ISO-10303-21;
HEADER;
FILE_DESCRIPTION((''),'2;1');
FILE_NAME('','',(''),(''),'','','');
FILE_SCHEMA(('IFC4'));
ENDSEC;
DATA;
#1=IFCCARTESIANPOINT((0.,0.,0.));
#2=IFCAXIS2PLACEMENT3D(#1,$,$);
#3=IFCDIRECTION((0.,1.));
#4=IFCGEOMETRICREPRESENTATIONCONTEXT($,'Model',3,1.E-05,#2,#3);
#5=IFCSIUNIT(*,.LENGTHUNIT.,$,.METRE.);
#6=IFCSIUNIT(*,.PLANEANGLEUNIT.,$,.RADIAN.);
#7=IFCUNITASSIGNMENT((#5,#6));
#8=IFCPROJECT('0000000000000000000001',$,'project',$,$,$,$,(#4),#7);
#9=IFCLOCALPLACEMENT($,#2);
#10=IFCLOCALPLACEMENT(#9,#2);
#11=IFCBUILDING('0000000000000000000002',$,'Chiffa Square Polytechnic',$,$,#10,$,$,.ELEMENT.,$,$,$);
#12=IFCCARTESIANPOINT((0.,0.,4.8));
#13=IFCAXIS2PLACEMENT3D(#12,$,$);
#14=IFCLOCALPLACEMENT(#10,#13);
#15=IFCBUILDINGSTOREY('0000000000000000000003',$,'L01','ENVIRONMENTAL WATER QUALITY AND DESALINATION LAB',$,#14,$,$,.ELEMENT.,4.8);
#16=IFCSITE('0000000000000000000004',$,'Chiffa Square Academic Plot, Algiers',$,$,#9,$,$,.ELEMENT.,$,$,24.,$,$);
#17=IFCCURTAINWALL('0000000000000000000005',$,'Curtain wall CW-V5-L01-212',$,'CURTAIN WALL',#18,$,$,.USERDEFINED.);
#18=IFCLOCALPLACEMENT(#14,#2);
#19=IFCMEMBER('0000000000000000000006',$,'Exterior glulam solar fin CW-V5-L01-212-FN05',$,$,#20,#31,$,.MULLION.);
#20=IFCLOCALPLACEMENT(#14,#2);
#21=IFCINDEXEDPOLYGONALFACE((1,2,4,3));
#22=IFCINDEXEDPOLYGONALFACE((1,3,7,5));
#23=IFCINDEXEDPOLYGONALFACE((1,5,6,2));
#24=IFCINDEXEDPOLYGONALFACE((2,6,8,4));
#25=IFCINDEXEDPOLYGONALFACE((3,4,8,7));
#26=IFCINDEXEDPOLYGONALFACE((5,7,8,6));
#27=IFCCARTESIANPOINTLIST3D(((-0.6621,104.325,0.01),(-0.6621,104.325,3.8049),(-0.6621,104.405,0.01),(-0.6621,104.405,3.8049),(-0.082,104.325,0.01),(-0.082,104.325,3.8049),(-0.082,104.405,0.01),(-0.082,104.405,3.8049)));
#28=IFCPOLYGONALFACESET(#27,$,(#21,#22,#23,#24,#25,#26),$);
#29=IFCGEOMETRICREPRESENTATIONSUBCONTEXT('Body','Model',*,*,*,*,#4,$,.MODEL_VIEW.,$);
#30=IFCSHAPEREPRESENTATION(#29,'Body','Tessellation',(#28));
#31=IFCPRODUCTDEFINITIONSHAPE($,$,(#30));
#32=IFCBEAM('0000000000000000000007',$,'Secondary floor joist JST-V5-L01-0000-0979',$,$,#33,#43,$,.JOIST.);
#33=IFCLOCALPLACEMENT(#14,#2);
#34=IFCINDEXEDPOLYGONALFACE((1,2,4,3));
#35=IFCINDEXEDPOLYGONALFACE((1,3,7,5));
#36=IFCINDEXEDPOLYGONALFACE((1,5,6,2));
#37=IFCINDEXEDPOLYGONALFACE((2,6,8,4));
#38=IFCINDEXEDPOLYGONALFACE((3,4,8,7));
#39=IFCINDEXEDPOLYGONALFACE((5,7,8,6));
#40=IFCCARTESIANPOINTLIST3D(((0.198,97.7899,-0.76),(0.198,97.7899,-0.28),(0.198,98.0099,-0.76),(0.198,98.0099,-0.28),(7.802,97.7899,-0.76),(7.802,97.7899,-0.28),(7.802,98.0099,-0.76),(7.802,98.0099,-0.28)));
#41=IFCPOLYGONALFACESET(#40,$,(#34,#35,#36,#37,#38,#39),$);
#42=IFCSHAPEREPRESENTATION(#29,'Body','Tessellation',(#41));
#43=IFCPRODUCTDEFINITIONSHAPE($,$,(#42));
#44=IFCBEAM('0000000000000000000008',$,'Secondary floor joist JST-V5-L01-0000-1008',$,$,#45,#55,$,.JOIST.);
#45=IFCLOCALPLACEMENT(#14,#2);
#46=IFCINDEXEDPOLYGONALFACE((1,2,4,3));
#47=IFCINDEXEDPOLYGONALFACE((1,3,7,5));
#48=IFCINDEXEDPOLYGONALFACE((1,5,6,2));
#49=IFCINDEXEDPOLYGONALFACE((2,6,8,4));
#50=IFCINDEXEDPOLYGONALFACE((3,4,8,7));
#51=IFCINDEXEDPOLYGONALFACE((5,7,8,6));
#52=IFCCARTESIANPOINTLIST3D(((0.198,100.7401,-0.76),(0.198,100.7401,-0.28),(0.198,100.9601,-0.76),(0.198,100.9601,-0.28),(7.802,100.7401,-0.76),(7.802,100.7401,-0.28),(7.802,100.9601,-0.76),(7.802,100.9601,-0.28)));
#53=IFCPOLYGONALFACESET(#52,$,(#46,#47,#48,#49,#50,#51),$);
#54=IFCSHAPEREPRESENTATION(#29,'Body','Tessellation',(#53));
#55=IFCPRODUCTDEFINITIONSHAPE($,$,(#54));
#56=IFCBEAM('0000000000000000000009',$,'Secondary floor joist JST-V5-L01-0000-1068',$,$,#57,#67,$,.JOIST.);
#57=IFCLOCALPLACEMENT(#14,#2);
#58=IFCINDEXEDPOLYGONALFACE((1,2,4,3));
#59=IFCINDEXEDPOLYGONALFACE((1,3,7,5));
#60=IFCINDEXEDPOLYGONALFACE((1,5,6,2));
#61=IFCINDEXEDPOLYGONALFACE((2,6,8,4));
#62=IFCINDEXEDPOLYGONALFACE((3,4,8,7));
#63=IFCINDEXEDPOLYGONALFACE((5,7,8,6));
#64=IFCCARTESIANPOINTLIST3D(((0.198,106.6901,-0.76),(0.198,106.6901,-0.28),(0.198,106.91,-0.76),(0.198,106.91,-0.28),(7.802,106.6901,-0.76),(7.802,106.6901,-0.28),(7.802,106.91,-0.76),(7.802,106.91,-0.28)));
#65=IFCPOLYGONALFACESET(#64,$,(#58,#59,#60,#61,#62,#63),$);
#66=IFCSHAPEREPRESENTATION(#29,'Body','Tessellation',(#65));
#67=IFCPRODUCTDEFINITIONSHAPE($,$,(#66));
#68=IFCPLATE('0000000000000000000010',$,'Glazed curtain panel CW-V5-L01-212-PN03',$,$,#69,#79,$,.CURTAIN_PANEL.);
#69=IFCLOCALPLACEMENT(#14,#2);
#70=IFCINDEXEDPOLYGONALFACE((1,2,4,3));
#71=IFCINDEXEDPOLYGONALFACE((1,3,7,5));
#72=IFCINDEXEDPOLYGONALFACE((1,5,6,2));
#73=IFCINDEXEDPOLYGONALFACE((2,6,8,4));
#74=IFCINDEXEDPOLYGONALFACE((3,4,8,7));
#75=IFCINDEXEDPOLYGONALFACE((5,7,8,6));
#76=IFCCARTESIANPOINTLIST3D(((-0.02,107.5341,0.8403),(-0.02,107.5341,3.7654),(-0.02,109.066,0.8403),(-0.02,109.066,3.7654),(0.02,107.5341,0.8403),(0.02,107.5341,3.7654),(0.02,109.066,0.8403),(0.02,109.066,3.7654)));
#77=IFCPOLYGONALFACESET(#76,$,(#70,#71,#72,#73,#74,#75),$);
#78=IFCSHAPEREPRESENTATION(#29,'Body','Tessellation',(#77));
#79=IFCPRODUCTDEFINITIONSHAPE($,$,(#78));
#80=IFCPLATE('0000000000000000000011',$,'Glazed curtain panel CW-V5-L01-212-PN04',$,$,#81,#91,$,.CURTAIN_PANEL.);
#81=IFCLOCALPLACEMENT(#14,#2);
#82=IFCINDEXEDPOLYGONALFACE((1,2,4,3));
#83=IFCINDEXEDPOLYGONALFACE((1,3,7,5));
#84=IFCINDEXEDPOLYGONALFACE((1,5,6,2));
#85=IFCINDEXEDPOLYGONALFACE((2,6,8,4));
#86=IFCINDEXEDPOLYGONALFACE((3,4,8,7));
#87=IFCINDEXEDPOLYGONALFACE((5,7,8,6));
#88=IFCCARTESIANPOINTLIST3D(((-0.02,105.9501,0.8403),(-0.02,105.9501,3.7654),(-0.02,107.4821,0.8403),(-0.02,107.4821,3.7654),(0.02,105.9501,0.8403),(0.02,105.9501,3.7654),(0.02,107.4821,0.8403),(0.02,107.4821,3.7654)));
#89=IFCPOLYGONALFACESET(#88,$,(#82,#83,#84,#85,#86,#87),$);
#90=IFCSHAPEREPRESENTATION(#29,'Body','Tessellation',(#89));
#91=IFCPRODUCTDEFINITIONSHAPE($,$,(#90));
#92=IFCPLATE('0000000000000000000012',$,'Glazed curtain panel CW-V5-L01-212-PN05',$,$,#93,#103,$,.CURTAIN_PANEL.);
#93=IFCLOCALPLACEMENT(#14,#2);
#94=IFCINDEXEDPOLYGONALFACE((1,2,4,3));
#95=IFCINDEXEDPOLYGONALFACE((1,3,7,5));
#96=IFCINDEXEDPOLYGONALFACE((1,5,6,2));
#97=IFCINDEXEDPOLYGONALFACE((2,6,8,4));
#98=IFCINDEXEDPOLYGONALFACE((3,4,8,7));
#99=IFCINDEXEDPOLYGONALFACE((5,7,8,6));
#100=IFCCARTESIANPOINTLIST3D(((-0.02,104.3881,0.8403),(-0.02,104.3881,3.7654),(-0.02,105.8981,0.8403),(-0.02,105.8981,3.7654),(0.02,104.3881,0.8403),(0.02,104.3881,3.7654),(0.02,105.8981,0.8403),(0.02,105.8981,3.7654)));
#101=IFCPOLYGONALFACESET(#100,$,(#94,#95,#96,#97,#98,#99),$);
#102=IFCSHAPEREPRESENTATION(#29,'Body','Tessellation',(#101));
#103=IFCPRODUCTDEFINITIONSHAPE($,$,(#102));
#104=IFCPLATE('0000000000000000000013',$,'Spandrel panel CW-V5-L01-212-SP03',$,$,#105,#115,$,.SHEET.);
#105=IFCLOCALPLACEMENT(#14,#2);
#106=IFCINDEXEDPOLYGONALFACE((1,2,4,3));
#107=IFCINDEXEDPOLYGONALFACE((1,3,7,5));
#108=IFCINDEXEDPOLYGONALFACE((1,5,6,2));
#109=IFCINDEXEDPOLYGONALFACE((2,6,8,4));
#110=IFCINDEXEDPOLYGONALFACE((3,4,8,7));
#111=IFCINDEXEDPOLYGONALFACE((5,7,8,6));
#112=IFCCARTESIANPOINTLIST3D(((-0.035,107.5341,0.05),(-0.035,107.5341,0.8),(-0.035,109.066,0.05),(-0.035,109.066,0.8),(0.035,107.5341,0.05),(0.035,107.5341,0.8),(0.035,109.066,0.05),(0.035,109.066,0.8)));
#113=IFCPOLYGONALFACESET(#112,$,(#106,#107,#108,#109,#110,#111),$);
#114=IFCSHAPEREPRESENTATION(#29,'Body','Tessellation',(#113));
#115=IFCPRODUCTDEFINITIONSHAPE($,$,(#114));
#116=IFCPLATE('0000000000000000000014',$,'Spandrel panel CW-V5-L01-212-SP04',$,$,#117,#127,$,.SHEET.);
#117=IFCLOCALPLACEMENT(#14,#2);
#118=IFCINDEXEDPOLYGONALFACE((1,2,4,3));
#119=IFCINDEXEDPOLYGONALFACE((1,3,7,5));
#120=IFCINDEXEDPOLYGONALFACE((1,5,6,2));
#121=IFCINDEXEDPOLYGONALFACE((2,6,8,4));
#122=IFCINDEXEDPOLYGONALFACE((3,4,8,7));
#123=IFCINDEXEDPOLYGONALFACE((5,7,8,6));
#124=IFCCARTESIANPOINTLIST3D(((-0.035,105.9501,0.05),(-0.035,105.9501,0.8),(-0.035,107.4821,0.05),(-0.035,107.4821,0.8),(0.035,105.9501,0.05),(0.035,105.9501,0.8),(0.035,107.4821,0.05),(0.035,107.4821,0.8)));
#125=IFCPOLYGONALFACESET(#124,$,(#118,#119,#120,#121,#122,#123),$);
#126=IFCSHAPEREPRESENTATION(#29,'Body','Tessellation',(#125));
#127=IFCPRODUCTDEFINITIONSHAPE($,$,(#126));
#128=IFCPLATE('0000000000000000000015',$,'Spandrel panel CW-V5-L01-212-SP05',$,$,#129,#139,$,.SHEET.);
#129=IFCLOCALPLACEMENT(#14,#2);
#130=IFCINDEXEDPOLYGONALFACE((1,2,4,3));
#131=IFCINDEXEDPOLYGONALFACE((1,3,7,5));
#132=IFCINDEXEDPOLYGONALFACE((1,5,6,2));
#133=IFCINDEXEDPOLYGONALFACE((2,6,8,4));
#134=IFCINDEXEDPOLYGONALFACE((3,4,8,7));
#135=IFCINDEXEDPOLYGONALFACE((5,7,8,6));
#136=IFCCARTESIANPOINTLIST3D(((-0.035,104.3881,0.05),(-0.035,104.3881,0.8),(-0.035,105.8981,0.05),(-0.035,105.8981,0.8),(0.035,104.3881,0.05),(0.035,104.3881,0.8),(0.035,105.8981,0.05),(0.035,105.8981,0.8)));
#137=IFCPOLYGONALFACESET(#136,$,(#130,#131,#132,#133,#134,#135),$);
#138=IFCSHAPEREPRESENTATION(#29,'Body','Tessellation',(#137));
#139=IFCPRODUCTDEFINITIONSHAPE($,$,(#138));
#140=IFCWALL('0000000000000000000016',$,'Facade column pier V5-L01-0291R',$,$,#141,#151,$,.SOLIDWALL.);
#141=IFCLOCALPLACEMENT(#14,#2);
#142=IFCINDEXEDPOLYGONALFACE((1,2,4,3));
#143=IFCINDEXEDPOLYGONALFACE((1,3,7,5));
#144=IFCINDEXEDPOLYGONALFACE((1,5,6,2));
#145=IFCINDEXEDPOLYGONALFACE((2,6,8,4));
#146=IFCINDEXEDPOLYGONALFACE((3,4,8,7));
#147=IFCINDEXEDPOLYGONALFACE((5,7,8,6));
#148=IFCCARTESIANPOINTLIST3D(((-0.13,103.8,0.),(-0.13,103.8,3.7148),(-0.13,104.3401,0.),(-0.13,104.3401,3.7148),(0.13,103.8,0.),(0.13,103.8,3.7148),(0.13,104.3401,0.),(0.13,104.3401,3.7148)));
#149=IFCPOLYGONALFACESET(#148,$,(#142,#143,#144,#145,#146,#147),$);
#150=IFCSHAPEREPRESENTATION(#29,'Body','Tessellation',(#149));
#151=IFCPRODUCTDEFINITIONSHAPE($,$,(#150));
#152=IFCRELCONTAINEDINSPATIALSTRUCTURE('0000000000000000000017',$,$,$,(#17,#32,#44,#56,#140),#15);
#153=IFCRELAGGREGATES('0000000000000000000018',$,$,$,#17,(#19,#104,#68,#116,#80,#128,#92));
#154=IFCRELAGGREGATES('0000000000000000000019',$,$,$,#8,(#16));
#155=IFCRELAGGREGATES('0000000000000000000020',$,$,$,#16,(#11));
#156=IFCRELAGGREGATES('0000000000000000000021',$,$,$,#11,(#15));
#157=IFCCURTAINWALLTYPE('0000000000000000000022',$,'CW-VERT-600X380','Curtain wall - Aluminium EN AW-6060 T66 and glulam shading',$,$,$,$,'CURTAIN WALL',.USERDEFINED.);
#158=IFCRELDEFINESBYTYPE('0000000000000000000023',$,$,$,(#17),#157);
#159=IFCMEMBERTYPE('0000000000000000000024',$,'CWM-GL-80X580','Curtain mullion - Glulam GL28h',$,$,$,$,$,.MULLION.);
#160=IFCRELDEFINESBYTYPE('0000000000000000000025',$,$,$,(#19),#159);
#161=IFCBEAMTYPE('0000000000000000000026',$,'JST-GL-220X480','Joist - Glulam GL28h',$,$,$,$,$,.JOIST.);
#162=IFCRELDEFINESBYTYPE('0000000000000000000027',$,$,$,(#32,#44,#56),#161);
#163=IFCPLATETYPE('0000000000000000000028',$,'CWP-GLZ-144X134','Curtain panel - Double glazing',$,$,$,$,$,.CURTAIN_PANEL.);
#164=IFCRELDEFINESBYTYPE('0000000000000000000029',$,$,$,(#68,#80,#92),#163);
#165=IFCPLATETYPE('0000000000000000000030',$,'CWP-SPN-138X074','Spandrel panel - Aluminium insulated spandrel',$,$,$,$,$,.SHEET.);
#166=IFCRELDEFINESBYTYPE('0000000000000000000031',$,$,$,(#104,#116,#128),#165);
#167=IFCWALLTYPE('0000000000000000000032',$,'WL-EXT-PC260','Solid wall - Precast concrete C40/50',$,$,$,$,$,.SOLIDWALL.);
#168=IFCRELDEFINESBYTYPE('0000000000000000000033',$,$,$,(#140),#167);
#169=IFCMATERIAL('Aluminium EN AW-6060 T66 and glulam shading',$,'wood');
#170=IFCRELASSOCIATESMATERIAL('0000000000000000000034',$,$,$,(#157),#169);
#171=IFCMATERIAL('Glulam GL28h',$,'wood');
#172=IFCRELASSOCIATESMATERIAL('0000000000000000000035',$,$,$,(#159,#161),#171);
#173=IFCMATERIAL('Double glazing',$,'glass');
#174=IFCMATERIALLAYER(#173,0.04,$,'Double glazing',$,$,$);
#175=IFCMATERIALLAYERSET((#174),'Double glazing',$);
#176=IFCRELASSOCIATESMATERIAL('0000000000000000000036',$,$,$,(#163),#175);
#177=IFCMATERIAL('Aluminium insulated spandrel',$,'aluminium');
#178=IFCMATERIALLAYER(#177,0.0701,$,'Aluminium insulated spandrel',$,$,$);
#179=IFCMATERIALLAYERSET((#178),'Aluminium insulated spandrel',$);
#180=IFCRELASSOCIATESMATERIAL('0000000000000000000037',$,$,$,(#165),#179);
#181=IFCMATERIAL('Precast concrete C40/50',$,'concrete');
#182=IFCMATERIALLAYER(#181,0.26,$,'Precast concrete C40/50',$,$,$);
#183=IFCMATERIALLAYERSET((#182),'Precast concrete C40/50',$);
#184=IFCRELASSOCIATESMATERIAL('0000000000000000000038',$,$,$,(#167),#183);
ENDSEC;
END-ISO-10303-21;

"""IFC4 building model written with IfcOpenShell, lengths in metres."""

from ifc_helpers import new_model, si_unit, direction, frame, frame_2d, origin, origin_2d, place, context, subcontext, project, spatial, rectangle, extrude, material, layer, layer_set, material_profile, profile_set, type_object, element, aggregate, save


model = new_model("IFC4")

# Units and contexts
model_context = context("Model", 3, precision=1e-05, world=origin(), true_north=direction((0.0, 1.0)))
body_context = subcontext(model_context, "Body", "Model", "MODEL_VIEW")
ifc_project = project(units=[si_unit("LENGTHUNIT", "METRE"), si_unit("PLANEANGLEUNIT", "RADIAN")], contexts=[model_context])

# Site, building, storey
site_placement = place(None, origin())
site = spatial("IfcSite", under=ifc_project, at=site_placement, Name="Chiffa Square Academic Plot, Algiers", CompositionType="ELEMENT", RefElevation=24.0)
building_placement = place(site_placement, origin())
building = spatial("IfcBuilding", under=site, at=building_placement, Name="Chiffa Square Polytechnic", CompositionType="ELEMENT")
storey_placement = place(building_placement, frame((0.0, 0.0, 4.8)))
storey = spatial("IfcBuildingStorey", under=building, at=storey_placement, Name="L01", Description="ENVIRONMENTAL WATER QUALITY AND DESALINATION LAB", CompositionType="ELEMENT", Elevation=4.8)

# Curtain wall, member
ifc_material_1 = material(Name="Aluminium EN AW-6060 T66 and glulam shading", Category="wood")
curtain_wall_type = type_object("IfcCurtainWallType", Name="CW-VERT-600X380", Description="Curtain wall - Aluminium EN AW-6060 T66 and glulam shading", ElementType="CURTAIN WALL", PredefinedType="USERDEFINED", material=ifc_material_1)
curtain_wall_placement = place(storey_placement, origin())
curtain_wall = element("IfcCurtainWall", 1, at=curtain_wall_placement, inside=storey, type_object=curtain_wall_type, Name="Curtain wall CW-V5-L01-212", ObjectType="CURTAIN WALL", PredefinedType="USERDEFINED")
ifc_material_2 = material(Name="Glulam GL28h", Category="wood")
ifc_material_profile_1 = material_profile(ifc_material_2, rectangle(XDim=0.0801, YDim=0.5801, at=origin_2d()), Name="GL28h 80x580")
ifc_profile_set_1 = profile_set([ifc_material_profile_1], Name="Glulam GL28h")
member_type_1 = type_object("IfcMemberType", Name="CWM-GL-80X580", Description="Curtain mullion - Glulam GL28h", PredefinedType="MULLION", material=ifc_profile_set_1)
member_1_placement = place(storey_placement, frame((-0.3721, 104.365, 0.01), z_axis=(0.0, 0.0, 1.0), x_axis=(0.0, -1.0, 0.0)))
member_1 = element("IfcMember", 2, at=member_1_placement, type_object=member_type_1, Name="Exterior glulam solar fin CW-V5-L01-212-FN05", PredefinedType="MULLION", context=body_context, shape_type="SweptSolid", body=[
    extrude(rectangle(XDim=0.0801, YDim=0.5801, at=origin_2d()), origin(), (0.0, 0.0, 1.0), 3.7949),
])

# Beams
ifc_material_profile_2 = material_profile(ifc_material_2, rectangle(XDim=0.22, YDim=0.48, at=origin_2d()), Name="GL28h 220x480")
ifc_profile_set_2 = profile_set([ifc_material_profile_2], Name="Glulam GL28h")
beam_type_1 = type_object("IfcBeamType", Name="JST-GL-220X480", Description="Joist - Glulam GL28h", PredefinedType="JOIST", material=ifc_profile_set_2)
for number, where, z_axis, x_axis, name in (
    (3, (0.198, 97.8999, -0.52), (1.0, 0.0, 0.0), (0.0, 1.0, 0.0), "Secondary floor joist JST-V5-L01-0000-0979"),
    (4, (0.198, 100.8501, -0.52), (1.0, 0.0, 0.0), (0.0, 1.0, 0.0), "Secondary floor joist JST-V5-L01-0000-1008"),
    (5, (0.198, 106.8, -0.52), (1.0, 0.0, 0.0), (0.0, 1.0, 0.0), "Secondary floor joist JST-V5-L01-0000-1068"),
):
    element("IfcBeam", number, at=place(storey_placement, frame(where, z_axis=z_axis, x_axis=x_axis)), inside=storey, type_object=beam_type_1, Name=name, PredefinedType="JOIST", context=body_context, shape_type="SweptSolid", body=[
        extrude(rectangle(XDim=0.22, YDim=0.48, at=origin_2d()), origin(), (0.0, 0.0, 1.0), 7.604),
    ])

# Plates
ifc_material_3 = material(Name="Double glazing", Category="glass")
ifc_layer_1 = layer(ifc_material_3, 0.04, Name="Double glazing")
ifc_layer_set_1 = layer_set([ifc_layer_1], Name="Double glazing")
plate_type_1 = type_object("IfcPlateType", Name="CWP-GLZ-144X134", Description="Curtain panel - Double glazing", PredefinedType="CURTAIN_PANEL", material=ifc_layer_set_1)
plate_1_placement = place(storey_placement, frame((0.0, 108.3, 0.8403), z_axis=(0.0, 0.0, 1.0), x_axis=(0.0, -1.0, 0.0)))
plate_1 = element("IfcPlate", 6, at=plate_1_placement, type_object=plate_type_1, Name="Glazed curtain panel CW-V5-L01-212-PN03", PredefinedType="CURTAIN_PANEL", context=body_context, shape_type="SweptSolid", body=[
    extrude(rectangle(XDim=1.532, YDim=0.04, at=origin_2d()), origin(), (0.0, 0.0, 1.0), 2.925),
])
plate_2_placement = place(storey_placement, frame((0.0, 106.7161, 0.8403), z_axis=(0.0, 0.0, 1.0), x_axis=(0.0, -1.0, 0.0)))
plate_2 = element("IfcPlate", 7, at=plate_2_placement, type_object=plate_type_1, Name="Glazed curtain panel CW-V5-L01-212-PN04", PredefinedType="CURTAIN_PANEL", context=body_context, shape_type="SweptSolid", body=[
    extrude(rectangle(XDim=1.532, YDim=0.04, at=origin_2d()), origin(), (0.0, 0.0, 1.0), 2.925),
])
plate_3_placement = place(storey_placement, frame((0.0, 105.1431, 0.8403), z_axis=(0.0, 0.0, 1.0), x_axis=(0.0, -1.0, 0.0)))
plate_3 = element("IfcPlate", 8, at=plate_3_placement, type_object=plate_type_1, Name="Glazed curtain panel CW-V5-L01-212-PN05", PredefinedType="CURTAIN_PANEL", context=body_context, shape_type="SweptSolid", body=[
    extrude(rectangle(XDim=1.51, YDim=0.04, at=origin_2d()), origin(), (0.0, 0.0, 1.0), 2.925),
])
ifc_material_4 = material(Name="Aluminium insulated spandrel", Category="aluminium")
ifc_layer_2 = layer(ifc_material_4, 0.0701, Name="Aluminium insulated spandrel")
ifc_layer_set_2 = layer_set([ifc_layer_2], Name="Aluminium insulated spandrel")
plate_type_2 = type_object("IfcPlateType", Name="CWP-SPN-138X074", Description="Spandrel panel - Aluminium insulated spandrel", PredefinedType="SHEET", material=ifc_layer_set_2)
plate_4_placement = place(storey_placement, frame((0.0, 108.3, 0.05), z_axis=(0.0, 0.0, 1.0), x_axis=(0.0, -1.0, 0.0)))
plate_4 = element("IfcPlate", 9, at=plate_4_placement, type_object=plate_type_2, Name="Spandrel panel CW-V5-L01-212-SP03", PredefinedType="SHEET", context=body_context, shape_type="SweptSolid", body=[
    extrude(rectangle(XDim=1.532, YDim=0.0701, at=origin_2d()), origin(), (0.0, 0.0, 1.0), 0.75),
])
plate_5_placement = place(storey_placement, frame((0.0, 106.7161, 0.05), z_axis=(0.0, 0.0, 1.0), x_axis=(0.0, -1.0, 0.0)))
plate_5 = element("IfcPlate", 10, at=plate_5_placement, type_object=plate_type_2, Name="Spandrel panel CW-V5-L01-212-SP04", PredefinedType="SHEET", context=body_context, shape_type="SweptSolid", body=[
    extrude(rectangle(XDim=1.532, YDim=0.0701, at=origin_2d()), origin(), (0.0, 0.0, 1.0), 0.75),
])
plate_6_placement = place(storey_placement, frame((0.0, 105.1431, 0.05), z_axis=(0.0, 0.0, 1.0), x_axis=(0.0, -1.0, 0.0)))
plate_6 = element("IfcPlate", 11, at=plate_6_placement, type_object=plate_type_2, Name="Spandrel panel CW-V5-L01-212-SP05", PredefinedType="SHEET", context=body_context, shape_type="SweptSolid", body=[
    extrude(rectangle(XDim=1.51, YDim=0.0701, at=origin_2d()), origin(), (0.0, 0.0, 1.0), 0.75),
])
aggregate(curtain_wall, [member_1, plate_4, plate_1, plate_5, plate_2, plate_6, plate_3])

# Wall
ifc_material_5 = material(Name="Precast concrete C40/50", Category="concrete")
ifc_layer_3 = layer(ifc_material_5, 0.26, Name="Precast concrete C40/50")
ifc_layer_set_3 = layer_set([ifc_layer_3], Name="Precast concrete C40/50")
wall_type_1 = type_object("IfcWallType", Name="WL-EXT-PC260", Description="Solid wall - Precast concrete C40/50", PredefinedType="SOLIDWALL", material=ifc_layer_set_3)
wall_1_placement = place(storey_placement, frame((0.0, 104.3401, 0.0), z_axis=(0.0, 0.0, 1.0), x_axis=(0.0, -1.0, 0.0)))
element("IfcWall", 12, at=wall_1_placement, inside=storey, type_object=wall_type_1, Name="Facade column pier V5-L01-0291R", PredefinedType="SOLIDWALL", context=body_context, shape_type="SweptSolid", body=[
    extrude(rectangle(XDim=0.54, YDim=0.26, at=frame_2d((0.27, 0.0))), origin(), (0.0, 0.0, 1.0), 3.7148),
])

save(model, "model.ifc")
